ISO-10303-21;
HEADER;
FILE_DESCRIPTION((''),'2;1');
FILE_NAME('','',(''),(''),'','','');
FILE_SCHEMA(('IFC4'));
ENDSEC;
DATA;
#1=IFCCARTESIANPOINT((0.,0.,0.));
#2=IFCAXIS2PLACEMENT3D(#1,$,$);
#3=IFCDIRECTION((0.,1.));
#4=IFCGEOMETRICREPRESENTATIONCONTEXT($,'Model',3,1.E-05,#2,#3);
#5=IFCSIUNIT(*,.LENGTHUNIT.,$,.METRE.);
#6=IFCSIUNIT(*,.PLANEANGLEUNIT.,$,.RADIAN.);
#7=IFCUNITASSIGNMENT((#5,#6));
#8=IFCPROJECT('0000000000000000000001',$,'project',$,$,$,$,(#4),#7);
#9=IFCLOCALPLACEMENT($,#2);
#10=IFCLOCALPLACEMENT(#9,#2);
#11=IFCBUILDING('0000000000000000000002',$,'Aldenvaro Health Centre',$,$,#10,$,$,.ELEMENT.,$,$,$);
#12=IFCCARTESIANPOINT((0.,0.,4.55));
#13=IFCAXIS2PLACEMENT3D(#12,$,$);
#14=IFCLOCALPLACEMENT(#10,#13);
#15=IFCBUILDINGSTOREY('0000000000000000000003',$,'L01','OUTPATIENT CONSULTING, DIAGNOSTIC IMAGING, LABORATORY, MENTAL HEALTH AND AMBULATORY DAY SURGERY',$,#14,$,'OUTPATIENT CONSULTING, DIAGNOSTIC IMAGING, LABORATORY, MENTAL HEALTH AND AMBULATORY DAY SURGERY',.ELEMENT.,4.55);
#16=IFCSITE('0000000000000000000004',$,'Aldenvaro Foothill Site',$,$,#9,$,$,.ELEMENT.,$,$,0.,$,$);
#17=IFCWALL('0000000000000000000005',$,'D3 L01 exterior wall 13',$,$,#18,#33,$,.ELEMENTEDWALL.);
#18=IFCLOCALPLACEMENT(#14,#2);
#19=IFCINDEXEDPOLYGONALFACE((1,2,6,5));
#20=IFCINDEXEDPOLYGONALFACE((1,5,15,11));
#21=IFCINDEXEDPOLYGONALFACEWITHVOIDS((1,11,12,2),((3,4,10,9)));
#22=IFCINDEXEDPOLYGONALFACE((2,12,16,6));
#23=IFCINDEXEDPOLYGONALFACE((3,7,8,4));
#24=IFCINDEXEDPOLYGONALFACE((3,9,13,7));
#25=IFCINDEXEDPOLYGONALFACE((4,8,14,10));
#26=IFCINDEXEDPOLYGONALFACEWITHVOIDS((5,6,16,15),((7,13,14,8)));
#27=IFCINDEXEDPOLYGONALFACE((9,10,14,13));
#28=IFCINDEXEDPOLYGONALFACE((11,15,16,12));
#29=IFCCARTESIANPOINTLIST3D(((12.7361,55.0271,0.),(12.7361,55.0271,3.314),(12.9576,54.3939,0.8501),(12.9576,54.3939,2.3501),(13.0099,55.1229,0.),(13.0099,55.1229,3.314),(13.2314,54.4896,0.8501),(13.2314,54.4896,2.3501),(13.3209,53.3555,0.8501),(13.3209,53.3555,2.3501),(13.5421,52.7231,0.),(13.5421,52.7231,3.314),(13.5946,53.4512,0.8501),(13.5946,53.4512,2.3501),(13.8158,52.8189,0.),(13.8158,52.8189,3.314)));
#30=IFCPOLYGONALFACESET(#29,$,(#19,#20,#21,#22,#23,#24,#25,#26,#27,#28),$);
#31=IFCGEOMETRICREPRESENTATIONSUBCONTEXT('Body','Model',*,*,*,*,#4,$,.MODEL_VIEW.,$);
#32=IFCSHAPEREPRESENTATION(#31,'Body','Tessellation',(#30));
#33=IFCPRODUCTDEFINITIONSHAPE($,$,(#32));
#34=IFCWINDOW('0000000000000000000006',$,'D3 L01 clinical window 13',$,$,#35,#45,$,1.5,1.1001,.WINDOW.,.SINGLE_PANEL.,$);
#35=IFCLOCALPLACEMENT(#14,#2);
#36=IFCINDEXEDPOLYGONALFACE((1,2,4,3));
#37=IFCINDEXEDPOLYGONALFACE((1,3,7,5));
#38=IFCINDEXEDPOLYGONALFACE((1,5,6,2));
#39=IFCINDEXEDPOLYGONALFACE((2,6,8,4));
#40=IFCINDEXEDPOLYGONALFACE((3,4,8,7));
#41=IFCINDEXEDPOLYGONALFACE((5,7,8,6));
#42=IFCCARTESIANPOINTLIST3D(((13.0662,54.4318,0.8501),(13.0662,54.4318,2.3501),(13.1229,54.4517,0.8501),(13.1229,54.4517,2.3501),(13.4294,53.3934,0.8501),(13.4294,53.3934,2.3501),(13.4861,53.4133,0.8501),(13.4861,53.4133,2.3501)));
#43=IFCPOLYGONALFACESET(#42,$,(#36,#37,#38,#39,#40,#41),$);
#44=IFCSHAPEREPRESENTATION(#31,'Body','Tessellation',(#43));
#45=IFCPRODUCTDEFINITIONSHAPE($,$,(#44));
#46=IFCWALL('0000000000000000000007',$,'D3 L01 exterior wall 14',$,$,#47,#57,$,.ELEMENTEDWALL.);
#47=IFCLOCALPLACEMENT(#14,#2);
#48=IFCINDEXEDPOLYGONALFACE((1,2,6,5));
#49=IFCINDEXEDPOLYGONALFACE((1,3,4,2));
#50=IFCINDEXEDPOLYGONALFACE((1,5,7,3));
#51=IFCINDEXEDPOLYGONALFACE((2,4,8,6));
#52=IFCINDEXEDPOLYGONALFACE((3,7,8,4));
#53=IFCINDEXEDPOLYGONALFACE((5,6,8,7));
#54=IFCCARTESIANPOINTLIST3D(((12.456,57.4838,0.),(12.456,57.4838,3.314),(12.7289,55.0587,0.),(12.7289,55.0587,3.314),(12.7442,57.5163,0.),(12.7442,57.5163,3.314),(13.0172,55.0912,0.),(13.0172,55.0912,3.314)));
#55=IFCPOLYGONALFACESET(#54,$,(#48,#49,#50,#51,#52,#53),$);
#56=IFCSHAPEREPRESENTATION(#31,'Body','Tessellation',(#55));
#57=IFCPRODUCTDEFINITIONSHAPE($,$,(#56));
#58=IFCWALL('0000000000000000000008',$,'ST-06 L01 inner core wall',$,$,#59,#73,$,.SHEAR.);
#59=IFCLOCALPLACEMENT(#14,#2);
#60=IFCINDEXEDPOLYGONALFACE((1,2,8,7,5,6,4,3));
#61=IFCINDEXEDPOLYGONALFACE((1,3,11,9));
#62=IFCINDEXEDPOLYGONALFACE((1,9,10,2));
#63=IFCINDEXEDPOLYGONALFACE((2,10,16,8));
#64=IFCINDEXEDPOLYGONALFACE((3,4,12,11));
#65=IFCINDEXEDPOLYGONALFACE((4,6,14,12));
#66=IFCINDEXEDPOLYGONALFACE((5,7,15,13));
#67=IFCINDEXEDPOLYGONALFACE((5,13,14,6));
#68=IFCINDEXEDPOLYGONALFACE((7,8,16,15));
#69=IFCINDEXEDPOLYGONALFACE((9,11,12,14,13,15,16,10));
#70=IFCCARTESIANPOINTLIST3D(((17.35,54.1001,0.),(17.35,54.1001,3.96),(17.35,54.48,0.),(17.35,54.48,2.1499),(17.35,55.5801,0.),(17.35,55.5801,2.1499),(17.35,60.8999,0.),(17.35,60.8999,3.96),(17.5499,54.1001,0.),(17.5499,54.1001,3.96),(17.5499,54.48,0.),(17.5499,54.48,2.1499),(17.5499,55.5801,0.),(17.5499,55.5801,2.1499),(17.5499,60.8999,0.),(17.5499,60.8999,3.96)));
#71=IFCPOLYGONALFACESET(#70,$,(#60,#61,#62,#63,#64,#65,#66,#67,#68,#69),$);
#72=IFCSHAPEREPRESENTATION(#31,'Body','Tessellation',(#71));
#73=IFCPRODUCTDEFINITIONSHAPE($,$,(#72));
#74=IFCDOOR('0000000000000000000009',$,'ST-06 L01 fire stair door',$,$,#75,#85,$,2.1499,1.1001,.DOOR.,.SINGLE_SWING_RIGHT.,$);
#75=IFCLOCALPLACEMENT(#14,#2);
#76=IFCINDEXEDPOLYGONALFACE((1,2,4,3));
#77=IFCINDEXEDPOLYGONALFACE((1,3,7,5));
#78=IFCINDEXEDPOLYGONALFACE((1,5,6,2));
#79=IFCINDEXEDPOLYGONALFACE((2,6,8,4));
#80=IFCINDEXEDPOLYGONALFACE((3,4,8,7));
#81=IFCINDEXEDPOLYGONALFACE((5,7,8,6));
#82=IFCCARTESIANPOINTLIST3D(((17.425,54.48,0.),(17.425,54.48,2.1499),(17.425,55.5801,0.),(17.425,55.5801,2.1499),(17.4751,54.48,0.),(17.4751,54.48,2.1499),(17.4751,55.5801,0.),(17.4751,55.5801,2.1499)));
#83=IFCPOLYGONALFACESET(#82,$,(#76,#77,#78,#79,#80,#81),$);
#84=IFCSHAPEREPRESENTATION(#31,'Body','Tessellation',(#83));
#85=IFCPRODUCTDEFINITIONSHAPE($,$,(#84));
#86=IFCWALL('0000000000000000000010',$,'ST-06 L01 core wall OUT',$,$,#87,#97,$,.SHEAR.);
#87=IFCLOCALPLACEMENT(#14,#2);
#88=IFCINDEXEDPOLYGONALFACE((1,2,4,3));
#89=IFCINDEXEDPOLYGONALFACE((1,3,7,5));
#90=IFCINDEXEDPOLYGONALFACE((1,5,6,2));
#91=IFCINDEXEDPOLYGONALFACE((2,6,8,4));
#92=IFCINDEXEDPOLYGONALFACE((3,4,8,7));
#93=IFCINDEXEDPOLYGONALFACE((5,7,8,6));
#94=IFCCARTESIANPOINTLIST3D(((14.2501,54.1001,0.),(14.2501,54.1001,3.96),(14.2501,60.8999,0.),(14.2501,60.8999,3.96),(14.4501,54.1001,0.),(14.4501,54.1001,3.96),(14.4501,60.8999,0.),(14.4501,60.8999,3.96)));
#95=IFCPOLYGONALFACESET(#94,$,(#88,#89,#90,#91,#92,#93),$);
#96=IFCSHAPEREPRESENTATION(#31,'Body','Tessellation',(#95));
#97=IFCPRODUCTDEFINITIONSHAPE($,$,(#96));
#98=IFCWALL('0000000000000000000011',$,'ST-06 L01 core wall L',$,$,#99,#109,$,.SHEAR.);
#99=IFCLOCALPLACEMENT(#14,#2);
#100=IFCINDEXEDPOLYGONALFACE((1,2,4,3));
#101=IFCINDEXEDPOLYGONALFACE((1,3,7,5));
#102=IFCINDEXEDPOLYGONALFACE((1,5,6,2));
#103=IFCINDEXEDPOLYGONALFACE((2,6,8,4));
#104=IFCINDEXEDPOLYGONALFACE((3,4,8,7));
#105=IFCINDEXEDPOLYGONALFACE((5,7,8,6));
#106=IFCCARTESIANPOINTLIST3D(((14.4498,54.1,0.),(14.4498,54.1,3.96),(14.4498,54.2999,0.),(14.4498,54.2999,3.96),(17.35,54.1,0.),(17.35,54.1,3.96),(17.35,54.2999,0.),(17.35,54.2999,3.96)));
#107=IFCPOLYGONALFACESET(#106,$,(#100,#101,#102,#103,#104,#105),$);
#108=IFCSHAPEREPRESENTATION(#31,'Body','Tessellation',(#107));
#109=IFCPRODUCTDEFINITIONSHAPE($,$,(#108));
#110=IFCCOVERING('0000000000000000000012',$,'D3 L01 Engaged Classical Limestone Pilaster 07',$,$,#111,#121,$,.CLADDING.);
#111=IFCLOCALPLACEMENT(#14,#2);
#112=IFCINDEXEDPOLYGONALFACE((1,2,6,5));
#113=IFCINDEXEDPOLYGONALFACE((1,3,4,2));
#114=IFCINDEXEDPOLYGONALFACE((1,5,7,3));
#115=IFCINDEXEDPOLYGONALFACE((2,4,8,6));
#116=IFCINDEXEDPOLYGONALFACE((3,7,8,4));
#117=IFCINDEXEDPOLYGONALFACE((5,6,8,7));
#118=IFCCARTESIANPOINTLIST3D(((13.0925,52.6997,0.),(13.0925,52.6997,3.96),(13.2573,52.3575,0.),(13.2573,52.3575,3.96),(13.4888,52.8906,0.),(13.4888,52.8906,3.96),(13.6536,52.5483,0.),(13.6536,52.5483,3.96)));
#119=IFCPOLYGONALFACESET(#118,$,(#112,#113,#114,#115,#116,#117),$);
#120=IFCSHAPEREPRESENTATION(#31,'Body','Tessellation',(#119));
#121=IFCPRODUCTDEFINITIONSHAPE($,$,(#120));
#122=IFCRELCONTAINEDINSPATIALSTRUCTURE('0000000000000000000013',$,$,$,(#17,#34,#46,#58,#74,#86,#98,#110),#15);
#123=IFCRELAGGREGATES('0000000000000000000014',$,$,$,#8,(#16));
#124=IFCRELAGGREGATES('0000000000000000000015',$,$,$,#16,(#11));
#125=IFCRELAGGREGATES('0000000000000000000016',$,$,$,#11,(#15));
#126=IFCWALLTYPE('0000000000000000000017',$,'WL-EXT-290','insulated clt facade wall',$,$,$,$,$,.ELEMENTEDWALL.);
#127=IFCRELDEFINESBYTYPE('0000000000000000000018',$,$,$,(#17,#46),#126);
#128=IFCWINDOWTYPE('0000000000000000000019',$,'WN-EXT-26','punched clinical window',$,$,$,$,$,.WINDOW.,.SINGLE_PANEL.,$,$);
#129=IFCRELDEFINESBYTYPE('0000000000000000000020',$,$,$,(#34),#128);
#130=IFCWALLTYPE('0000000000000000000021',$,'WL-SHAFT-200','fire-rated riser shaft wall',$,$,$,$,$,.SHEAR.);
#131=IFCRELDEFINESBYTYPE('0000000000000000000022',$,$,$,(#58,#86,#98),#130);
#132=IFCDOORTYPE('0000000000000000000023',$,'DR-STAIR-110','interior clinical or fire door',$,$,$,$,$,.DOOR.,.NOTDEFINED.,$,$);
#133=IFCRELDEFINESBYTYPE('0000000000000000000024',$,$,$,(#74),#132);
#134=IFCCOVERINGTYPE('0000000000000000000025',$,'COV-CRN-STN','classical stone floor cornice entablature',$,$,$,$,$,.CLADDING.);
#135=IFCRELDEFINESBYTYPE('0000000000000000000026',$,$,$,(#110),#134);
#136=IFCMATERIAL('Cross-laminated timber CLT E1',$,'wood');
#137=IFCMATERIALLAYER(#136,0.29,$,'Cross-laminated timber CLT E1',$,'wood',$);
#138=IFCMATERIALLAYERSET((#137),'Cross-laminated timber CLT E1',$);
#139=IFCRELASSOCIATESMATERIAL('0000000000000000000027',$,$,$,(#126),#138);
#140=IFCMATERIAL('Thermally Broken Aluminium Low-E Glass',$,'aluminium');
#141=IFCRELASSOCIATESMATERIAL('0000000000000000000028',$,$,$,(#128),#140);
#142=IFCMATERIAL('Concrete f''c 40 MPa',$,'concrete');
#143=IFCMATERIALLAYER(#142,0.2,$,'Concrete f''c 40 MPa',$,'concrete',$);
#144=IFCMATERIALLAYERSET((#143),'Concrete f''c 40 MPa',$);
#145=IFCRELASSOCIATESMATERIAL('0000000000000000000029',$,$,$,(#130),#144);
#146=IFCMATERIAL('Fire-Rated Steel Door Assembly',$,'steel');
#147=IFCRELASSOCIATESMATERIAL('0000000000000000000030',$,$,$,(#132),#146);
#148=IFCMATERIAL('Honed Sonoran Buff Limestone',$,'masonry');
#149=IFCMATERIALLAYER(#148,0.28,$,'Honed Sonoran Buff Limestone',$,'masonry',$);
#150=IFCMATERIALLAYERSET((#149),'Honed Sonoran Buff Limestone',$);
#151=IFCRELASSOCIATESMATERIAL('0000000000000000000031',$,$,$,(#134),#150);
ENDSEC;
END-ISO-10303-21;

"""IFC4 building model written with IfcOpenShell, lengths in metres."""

from ifc_helpers import new_model, si_unit, direction, frame, frame_2d, origin, origin_2d, place, context, subcontext, project, spatial, rectangle, extrude, material, layer, layer_set, type_object, element, fill, save


model = new_model("IFC4")

# Units and contexts
model_context = context("Model", 3, precision=1e-05, world=origin(), true_north=direction((0.0, 1.0)))
body_context = subcontext(model_context, "Body", "Model", "MODEL_VIEW")
ifc_project = project(units=[si_unit("LENGTHUNIT", "METRE"), si_unit("PLANEANGLEUNIT", "RADIAN")], contexts=[model_context])

# Site, building, storey
site_placement = place(None, origin())
site = spatial("IfcSite", under=ifc_project, at=site_placement, Name="Aldenvaro Foothill Site", CompositionType="ELEMENT", RefElevation=0.0)
building_placement = place(site_placement, origin())
building = spatial("IfcBuilding", under=site, at=building_placement, Name="Aldenvaro Health Centre", CompositionType="ELEMENT")
storey_placement = place(building_placement, frame((0.0, 0.0, 4.55)))
storey = spatial("IfcBuildingStorey", under=building, at=storey_placement, Name="L01", Description="OUTPATIENT CONSULTING, DIAGNOSTIC IMAGING, LABORATORY, MENTAL HEALTH AND AMBULATORY DAY SURGERY", LongName="OUTPATIENT CONSULTING, DIAGNOSTIC IMAGING, LABORATORY, MENTAL HEALTH AND AMBULATORY DAY SURGERY", CompositionType="ELEMENT", Elevation=4.55)

# Wall, opening, window
ifc_material_1 = material(Name="Cross-laminated timber CLT E1", Category="wood")
ifc_layer_1 = layer(ifc_material_1, 0.29, Name="Cross-laminated timber CLT E1", Category="wood")
ifc_layer_set_1 = layer_set([ifc_layer_1], Name="Cross-laminated timber CLT E1")
wall_type_1 = type_object("IfcWallType", Name="WL-EXT-290", Description="insulated clt facade wall", PredefinedType="ELEMENTEDWALL", material=ifc_layer_set_1)
wall_1_placement = place(storey_placement, frame((13.679, 52.771, 0.0), z_axis=(0.0, 0.0, 1.0), x_axis=(-0.330177, 0.943919, 0.0)))
wall_1 = element("IfcWall", 1, at=wall_1_placement, inside=storey, type_object=wall_type_1, Name="D3 L01 exterior wall 13", PredefinedType="ELEMENTEDWALL", context=body_context, shape_type="SweptSolid", body=[
    extrude(rectangle(XDim=2.4409, YDim=0.29, at=frame_2d((1.2205, 0.0))), origin(), (0.0, 0.0, 1.0), 3.314),
])
opening_1_placement = place(wall_1_placement, frame((0.6699, 0.0, 0.8501)))
opening_1 = element("IfcOpeningElement", 2, at=opening_1_placement, cuts=wall_1, PredefinedType="OPENING", context=body_context, shape_type="SweptSolid", body=[
    extrude(rectangle(XDim=1.1001, YDim=1.5, at=frame_2d((0.55, 0.75))), frame((0.0, 0.155, 0.0), z_axis=(0.0, -1.0, 0.0), x_axis=(1.0, 0.0, 0.0)), (0.0, 0.0, 1.0), 0.3101),
])
ifc_material_2 = material(Name="Thermally Broken Aluminium Low-E Glass", Category="aluminium")
window_type = type_object("IfcWindowType", Name="WN-EXT-26", Description="punched clinical window", PartitioningType="SINGLE_PANEL", PredefinedType="WINDOW", material=ifc_material_2)
window_placement = place(opening_1_placement, origin())
window = element("IfcWindow", 3, at=window_placement, inside=storey, type_object=window_type, Name="D3 L01 clinical window 13", OverallHeight=1.5, OverallWidth=1.1001, PartitioningType="SINGLE_PANEL", PredefinedType="WINDOW", context=body_context, shape_type="SweptSolid", body=[
    extrude(rectangle(XDim=1.1001, YDim=1.5, at=frame_2d((0.55, 0.75))), frame((0.0, 0.03, 0.0), z_axis=(0.0, -1.0, 0.0), x_axis=(1.0, 0.0, 0.0)), (0.0, 0.0, 1.0), 0.0601),
])
fill(opening_1, window)

# Wall
wall_2_placement = place(storey_placement, frame((12.873, 55.075, 0.0), z_axis=(0.0, 0.0, 1.0), x_axis=(-0.111848, 0.993725, 0.0)))
element("IfcWall", 4, at=wall_2_placement, inside=storey, type_object=wall_type_1, Name="D3 L01 exterior wall 14", PredefinedType="ELEMENTEDWALL", context=body_context, shape_type="SweptSolid", body=[
    extrude(rectangle(XDim=2.4404, YDim=0.29, at=frame_2d((1.2202, 0.0))), origin(), (0.0, 0.0, 1.0), 3.314),
])

# Wall, opening, door
ifc_material_3 = material(Name="Concrete f'c 40 MPa", Category="concrete")
ifc_layer_2 = layer(ifc_material_3, 0.2, Name="Concrete f'c 40 MPa", Category="concrete")
ifc_layer_set_2 = layer_set([ifc_layer_2], Name="Concrete f'c 40 MPa")
wall_type_2 = type_object("IfcWallType", Name="WL-SHAFT-200", Description="fire-rated riser shaft wall", PredefinedType="SHEAR", material=ifc_layer_set_2)
wall_3_placement = place(storey_placement, frame((17.45, 54.1001, 0.0), z_axis=(0.0, 0.0, 1.0), x_axis=(0.0, 1.0, 0.0)))
wall_3 = element("IfcWall", 5, at=wall_3_placement, inside=storey, type_object=wall_type_2, Name="ST-06 L01 inner core wall", PredefinedType="SHEAR", context=body_context, shape_type="SweptSolid", body=[
    extrude(rectangle(XDim=6.7998, YDim=0.2, at=frame_2d((3.3999, 0.0))), origin(), (0.0, 0.0, 1.0), 3.96),
])
opening_2_placement = place(wall_3_placement, frame((0.3799, 0.0, 0.0)))
opening_2 = element("IfcOpeningElement", 6, at=opening_2_placement, cuts=wall_3, PredefinedType="OPENING", context=body_context, shape_type="SweptSolid", body=[
    extrude(rectangle(XDim=1.1001, YDim=2.1499, at=frame_2d((0.55, 1.075))), frame((0.0, 0.1099, 0.0), z_axis=(0.0, -1.0, 0.0), x_axis=(1.0, 0.0, 0.0)), (0.0, 0.0, 1.0), 0.22),
])
ifc_material_4 = material(Name="Fire-Rated Steel Door Assembly", Category="steel")
door_type_1 = type_object("IfcDoorType", Name="DR-STAIR-110", Description="interior clinical or fire door", OperationType="NOTDEFINED", PredefinedType="DOOR", material=ifc_material_4)
door_1_placement = place(opening_2_placement, origin())
door_1 = element("IfcDoor", 7, at=door_1_placement, inside=storey, type_object=door_type_1, Name="ST-06 L01 fire stair door", OperationType="SINGLE_SWING_RIGHT", OverallHeight=2.1499, OverallWidth=1.1001, PredefinedType="DOOR", context=body_context, shape_type="SweptSolid", body=[
    extrude(rectangle(XDim=1.1001, YDim=2.1499, at=frame_2d((0.55, 1.075))), frame((0.0, 0.0249, 0.0), z_axis=(0.0, -1.0, 0.0), x_axis=(1.0, 0.0, 0.0)), (0.0, 0.0, 1.0), 0.05),
])
fill(opening_2, door_1)

# Walls
wall_4_placement = place(storey_placement, frame((14.3501, 54.1001, 0.0), z_axis=(0.0, 0.0, 1.0), x_axis=(0.0, 1.0, 0.0)))
element("IfcWall", 8, at=wall_4_placement, inside=storey, type_object=wall_type_2, Name="ST-06 L01 core wall OUT", PredefinedType="SHEAR", context=body_context, shape_type="SweptSolid", body=[
    extrude(rectangle(XDim=6.7998, YDim=0.2, at=frame_2d((3.3999, 0.0))), origin(), (0.0, 0.0, 1.0), 3.96),
])
wall_5_placement = place(storey_placement, frame((17.3501, 54.2, 0.0), z_axis=(0.0, 0.0, 1.0), x_axis=(-1.0, 0.0, 0.0)))
element("IfcWall", 9, at=wall_5_placement, inside=storey, type_object=wall_type_2, Name="ST-06 L01 core wall L", PredefinedType="SHEAR", context=body_context, shape_type="SweptSolid", body=[
    extrude(rectangle(XDim=2.9001, YDim=0.2, at=frame_2d((1.4502, 0.0))), origin(), (0.0, 0.0, 1.0), 3.96),
])

# Covering
ifc_material_5 = material(Name="Honed Sonoran Buff Limestone", Category="masonry")
ifc_layer_3 = layer(ifc_material_5, 0.28, Name="Honed Sonoran Buff Limestone", Category="masonry")
ifc_layer_set_3 = layer_set([ifc_layer_3], Name="Honed Sonoran Buff Limestone")
covering_type = type_object("IfcCoveringType", Name="COV-CRN-STN", Description="classical stone floor cornice entablature", PredefinedType="CLADDING", material=ifc_layer_set_3)
covering_placement = place(storey_placement, frame((13.373, 52.624, 0.0), z_axis=(0.0, 0.0, 1.0), x_axis=(-0.900988, -0.433843, 0.0)))
element("IfcCovering", 10, at=covering_placement, inside=storey, type_object=covering_type, Name="D3 L01 Engaged Classical Limestone Pilaster 07", PredefinedType="CLADDING", context=body_context, shape_type="SweptSolid", body=[
    extrude(rectangle(XDim=0.4399, YDim=0.3799, at=origin_2d()), origin(), (0.0, 0.0, 1.0), 3.96),
])

save(model, "model.ifc")
